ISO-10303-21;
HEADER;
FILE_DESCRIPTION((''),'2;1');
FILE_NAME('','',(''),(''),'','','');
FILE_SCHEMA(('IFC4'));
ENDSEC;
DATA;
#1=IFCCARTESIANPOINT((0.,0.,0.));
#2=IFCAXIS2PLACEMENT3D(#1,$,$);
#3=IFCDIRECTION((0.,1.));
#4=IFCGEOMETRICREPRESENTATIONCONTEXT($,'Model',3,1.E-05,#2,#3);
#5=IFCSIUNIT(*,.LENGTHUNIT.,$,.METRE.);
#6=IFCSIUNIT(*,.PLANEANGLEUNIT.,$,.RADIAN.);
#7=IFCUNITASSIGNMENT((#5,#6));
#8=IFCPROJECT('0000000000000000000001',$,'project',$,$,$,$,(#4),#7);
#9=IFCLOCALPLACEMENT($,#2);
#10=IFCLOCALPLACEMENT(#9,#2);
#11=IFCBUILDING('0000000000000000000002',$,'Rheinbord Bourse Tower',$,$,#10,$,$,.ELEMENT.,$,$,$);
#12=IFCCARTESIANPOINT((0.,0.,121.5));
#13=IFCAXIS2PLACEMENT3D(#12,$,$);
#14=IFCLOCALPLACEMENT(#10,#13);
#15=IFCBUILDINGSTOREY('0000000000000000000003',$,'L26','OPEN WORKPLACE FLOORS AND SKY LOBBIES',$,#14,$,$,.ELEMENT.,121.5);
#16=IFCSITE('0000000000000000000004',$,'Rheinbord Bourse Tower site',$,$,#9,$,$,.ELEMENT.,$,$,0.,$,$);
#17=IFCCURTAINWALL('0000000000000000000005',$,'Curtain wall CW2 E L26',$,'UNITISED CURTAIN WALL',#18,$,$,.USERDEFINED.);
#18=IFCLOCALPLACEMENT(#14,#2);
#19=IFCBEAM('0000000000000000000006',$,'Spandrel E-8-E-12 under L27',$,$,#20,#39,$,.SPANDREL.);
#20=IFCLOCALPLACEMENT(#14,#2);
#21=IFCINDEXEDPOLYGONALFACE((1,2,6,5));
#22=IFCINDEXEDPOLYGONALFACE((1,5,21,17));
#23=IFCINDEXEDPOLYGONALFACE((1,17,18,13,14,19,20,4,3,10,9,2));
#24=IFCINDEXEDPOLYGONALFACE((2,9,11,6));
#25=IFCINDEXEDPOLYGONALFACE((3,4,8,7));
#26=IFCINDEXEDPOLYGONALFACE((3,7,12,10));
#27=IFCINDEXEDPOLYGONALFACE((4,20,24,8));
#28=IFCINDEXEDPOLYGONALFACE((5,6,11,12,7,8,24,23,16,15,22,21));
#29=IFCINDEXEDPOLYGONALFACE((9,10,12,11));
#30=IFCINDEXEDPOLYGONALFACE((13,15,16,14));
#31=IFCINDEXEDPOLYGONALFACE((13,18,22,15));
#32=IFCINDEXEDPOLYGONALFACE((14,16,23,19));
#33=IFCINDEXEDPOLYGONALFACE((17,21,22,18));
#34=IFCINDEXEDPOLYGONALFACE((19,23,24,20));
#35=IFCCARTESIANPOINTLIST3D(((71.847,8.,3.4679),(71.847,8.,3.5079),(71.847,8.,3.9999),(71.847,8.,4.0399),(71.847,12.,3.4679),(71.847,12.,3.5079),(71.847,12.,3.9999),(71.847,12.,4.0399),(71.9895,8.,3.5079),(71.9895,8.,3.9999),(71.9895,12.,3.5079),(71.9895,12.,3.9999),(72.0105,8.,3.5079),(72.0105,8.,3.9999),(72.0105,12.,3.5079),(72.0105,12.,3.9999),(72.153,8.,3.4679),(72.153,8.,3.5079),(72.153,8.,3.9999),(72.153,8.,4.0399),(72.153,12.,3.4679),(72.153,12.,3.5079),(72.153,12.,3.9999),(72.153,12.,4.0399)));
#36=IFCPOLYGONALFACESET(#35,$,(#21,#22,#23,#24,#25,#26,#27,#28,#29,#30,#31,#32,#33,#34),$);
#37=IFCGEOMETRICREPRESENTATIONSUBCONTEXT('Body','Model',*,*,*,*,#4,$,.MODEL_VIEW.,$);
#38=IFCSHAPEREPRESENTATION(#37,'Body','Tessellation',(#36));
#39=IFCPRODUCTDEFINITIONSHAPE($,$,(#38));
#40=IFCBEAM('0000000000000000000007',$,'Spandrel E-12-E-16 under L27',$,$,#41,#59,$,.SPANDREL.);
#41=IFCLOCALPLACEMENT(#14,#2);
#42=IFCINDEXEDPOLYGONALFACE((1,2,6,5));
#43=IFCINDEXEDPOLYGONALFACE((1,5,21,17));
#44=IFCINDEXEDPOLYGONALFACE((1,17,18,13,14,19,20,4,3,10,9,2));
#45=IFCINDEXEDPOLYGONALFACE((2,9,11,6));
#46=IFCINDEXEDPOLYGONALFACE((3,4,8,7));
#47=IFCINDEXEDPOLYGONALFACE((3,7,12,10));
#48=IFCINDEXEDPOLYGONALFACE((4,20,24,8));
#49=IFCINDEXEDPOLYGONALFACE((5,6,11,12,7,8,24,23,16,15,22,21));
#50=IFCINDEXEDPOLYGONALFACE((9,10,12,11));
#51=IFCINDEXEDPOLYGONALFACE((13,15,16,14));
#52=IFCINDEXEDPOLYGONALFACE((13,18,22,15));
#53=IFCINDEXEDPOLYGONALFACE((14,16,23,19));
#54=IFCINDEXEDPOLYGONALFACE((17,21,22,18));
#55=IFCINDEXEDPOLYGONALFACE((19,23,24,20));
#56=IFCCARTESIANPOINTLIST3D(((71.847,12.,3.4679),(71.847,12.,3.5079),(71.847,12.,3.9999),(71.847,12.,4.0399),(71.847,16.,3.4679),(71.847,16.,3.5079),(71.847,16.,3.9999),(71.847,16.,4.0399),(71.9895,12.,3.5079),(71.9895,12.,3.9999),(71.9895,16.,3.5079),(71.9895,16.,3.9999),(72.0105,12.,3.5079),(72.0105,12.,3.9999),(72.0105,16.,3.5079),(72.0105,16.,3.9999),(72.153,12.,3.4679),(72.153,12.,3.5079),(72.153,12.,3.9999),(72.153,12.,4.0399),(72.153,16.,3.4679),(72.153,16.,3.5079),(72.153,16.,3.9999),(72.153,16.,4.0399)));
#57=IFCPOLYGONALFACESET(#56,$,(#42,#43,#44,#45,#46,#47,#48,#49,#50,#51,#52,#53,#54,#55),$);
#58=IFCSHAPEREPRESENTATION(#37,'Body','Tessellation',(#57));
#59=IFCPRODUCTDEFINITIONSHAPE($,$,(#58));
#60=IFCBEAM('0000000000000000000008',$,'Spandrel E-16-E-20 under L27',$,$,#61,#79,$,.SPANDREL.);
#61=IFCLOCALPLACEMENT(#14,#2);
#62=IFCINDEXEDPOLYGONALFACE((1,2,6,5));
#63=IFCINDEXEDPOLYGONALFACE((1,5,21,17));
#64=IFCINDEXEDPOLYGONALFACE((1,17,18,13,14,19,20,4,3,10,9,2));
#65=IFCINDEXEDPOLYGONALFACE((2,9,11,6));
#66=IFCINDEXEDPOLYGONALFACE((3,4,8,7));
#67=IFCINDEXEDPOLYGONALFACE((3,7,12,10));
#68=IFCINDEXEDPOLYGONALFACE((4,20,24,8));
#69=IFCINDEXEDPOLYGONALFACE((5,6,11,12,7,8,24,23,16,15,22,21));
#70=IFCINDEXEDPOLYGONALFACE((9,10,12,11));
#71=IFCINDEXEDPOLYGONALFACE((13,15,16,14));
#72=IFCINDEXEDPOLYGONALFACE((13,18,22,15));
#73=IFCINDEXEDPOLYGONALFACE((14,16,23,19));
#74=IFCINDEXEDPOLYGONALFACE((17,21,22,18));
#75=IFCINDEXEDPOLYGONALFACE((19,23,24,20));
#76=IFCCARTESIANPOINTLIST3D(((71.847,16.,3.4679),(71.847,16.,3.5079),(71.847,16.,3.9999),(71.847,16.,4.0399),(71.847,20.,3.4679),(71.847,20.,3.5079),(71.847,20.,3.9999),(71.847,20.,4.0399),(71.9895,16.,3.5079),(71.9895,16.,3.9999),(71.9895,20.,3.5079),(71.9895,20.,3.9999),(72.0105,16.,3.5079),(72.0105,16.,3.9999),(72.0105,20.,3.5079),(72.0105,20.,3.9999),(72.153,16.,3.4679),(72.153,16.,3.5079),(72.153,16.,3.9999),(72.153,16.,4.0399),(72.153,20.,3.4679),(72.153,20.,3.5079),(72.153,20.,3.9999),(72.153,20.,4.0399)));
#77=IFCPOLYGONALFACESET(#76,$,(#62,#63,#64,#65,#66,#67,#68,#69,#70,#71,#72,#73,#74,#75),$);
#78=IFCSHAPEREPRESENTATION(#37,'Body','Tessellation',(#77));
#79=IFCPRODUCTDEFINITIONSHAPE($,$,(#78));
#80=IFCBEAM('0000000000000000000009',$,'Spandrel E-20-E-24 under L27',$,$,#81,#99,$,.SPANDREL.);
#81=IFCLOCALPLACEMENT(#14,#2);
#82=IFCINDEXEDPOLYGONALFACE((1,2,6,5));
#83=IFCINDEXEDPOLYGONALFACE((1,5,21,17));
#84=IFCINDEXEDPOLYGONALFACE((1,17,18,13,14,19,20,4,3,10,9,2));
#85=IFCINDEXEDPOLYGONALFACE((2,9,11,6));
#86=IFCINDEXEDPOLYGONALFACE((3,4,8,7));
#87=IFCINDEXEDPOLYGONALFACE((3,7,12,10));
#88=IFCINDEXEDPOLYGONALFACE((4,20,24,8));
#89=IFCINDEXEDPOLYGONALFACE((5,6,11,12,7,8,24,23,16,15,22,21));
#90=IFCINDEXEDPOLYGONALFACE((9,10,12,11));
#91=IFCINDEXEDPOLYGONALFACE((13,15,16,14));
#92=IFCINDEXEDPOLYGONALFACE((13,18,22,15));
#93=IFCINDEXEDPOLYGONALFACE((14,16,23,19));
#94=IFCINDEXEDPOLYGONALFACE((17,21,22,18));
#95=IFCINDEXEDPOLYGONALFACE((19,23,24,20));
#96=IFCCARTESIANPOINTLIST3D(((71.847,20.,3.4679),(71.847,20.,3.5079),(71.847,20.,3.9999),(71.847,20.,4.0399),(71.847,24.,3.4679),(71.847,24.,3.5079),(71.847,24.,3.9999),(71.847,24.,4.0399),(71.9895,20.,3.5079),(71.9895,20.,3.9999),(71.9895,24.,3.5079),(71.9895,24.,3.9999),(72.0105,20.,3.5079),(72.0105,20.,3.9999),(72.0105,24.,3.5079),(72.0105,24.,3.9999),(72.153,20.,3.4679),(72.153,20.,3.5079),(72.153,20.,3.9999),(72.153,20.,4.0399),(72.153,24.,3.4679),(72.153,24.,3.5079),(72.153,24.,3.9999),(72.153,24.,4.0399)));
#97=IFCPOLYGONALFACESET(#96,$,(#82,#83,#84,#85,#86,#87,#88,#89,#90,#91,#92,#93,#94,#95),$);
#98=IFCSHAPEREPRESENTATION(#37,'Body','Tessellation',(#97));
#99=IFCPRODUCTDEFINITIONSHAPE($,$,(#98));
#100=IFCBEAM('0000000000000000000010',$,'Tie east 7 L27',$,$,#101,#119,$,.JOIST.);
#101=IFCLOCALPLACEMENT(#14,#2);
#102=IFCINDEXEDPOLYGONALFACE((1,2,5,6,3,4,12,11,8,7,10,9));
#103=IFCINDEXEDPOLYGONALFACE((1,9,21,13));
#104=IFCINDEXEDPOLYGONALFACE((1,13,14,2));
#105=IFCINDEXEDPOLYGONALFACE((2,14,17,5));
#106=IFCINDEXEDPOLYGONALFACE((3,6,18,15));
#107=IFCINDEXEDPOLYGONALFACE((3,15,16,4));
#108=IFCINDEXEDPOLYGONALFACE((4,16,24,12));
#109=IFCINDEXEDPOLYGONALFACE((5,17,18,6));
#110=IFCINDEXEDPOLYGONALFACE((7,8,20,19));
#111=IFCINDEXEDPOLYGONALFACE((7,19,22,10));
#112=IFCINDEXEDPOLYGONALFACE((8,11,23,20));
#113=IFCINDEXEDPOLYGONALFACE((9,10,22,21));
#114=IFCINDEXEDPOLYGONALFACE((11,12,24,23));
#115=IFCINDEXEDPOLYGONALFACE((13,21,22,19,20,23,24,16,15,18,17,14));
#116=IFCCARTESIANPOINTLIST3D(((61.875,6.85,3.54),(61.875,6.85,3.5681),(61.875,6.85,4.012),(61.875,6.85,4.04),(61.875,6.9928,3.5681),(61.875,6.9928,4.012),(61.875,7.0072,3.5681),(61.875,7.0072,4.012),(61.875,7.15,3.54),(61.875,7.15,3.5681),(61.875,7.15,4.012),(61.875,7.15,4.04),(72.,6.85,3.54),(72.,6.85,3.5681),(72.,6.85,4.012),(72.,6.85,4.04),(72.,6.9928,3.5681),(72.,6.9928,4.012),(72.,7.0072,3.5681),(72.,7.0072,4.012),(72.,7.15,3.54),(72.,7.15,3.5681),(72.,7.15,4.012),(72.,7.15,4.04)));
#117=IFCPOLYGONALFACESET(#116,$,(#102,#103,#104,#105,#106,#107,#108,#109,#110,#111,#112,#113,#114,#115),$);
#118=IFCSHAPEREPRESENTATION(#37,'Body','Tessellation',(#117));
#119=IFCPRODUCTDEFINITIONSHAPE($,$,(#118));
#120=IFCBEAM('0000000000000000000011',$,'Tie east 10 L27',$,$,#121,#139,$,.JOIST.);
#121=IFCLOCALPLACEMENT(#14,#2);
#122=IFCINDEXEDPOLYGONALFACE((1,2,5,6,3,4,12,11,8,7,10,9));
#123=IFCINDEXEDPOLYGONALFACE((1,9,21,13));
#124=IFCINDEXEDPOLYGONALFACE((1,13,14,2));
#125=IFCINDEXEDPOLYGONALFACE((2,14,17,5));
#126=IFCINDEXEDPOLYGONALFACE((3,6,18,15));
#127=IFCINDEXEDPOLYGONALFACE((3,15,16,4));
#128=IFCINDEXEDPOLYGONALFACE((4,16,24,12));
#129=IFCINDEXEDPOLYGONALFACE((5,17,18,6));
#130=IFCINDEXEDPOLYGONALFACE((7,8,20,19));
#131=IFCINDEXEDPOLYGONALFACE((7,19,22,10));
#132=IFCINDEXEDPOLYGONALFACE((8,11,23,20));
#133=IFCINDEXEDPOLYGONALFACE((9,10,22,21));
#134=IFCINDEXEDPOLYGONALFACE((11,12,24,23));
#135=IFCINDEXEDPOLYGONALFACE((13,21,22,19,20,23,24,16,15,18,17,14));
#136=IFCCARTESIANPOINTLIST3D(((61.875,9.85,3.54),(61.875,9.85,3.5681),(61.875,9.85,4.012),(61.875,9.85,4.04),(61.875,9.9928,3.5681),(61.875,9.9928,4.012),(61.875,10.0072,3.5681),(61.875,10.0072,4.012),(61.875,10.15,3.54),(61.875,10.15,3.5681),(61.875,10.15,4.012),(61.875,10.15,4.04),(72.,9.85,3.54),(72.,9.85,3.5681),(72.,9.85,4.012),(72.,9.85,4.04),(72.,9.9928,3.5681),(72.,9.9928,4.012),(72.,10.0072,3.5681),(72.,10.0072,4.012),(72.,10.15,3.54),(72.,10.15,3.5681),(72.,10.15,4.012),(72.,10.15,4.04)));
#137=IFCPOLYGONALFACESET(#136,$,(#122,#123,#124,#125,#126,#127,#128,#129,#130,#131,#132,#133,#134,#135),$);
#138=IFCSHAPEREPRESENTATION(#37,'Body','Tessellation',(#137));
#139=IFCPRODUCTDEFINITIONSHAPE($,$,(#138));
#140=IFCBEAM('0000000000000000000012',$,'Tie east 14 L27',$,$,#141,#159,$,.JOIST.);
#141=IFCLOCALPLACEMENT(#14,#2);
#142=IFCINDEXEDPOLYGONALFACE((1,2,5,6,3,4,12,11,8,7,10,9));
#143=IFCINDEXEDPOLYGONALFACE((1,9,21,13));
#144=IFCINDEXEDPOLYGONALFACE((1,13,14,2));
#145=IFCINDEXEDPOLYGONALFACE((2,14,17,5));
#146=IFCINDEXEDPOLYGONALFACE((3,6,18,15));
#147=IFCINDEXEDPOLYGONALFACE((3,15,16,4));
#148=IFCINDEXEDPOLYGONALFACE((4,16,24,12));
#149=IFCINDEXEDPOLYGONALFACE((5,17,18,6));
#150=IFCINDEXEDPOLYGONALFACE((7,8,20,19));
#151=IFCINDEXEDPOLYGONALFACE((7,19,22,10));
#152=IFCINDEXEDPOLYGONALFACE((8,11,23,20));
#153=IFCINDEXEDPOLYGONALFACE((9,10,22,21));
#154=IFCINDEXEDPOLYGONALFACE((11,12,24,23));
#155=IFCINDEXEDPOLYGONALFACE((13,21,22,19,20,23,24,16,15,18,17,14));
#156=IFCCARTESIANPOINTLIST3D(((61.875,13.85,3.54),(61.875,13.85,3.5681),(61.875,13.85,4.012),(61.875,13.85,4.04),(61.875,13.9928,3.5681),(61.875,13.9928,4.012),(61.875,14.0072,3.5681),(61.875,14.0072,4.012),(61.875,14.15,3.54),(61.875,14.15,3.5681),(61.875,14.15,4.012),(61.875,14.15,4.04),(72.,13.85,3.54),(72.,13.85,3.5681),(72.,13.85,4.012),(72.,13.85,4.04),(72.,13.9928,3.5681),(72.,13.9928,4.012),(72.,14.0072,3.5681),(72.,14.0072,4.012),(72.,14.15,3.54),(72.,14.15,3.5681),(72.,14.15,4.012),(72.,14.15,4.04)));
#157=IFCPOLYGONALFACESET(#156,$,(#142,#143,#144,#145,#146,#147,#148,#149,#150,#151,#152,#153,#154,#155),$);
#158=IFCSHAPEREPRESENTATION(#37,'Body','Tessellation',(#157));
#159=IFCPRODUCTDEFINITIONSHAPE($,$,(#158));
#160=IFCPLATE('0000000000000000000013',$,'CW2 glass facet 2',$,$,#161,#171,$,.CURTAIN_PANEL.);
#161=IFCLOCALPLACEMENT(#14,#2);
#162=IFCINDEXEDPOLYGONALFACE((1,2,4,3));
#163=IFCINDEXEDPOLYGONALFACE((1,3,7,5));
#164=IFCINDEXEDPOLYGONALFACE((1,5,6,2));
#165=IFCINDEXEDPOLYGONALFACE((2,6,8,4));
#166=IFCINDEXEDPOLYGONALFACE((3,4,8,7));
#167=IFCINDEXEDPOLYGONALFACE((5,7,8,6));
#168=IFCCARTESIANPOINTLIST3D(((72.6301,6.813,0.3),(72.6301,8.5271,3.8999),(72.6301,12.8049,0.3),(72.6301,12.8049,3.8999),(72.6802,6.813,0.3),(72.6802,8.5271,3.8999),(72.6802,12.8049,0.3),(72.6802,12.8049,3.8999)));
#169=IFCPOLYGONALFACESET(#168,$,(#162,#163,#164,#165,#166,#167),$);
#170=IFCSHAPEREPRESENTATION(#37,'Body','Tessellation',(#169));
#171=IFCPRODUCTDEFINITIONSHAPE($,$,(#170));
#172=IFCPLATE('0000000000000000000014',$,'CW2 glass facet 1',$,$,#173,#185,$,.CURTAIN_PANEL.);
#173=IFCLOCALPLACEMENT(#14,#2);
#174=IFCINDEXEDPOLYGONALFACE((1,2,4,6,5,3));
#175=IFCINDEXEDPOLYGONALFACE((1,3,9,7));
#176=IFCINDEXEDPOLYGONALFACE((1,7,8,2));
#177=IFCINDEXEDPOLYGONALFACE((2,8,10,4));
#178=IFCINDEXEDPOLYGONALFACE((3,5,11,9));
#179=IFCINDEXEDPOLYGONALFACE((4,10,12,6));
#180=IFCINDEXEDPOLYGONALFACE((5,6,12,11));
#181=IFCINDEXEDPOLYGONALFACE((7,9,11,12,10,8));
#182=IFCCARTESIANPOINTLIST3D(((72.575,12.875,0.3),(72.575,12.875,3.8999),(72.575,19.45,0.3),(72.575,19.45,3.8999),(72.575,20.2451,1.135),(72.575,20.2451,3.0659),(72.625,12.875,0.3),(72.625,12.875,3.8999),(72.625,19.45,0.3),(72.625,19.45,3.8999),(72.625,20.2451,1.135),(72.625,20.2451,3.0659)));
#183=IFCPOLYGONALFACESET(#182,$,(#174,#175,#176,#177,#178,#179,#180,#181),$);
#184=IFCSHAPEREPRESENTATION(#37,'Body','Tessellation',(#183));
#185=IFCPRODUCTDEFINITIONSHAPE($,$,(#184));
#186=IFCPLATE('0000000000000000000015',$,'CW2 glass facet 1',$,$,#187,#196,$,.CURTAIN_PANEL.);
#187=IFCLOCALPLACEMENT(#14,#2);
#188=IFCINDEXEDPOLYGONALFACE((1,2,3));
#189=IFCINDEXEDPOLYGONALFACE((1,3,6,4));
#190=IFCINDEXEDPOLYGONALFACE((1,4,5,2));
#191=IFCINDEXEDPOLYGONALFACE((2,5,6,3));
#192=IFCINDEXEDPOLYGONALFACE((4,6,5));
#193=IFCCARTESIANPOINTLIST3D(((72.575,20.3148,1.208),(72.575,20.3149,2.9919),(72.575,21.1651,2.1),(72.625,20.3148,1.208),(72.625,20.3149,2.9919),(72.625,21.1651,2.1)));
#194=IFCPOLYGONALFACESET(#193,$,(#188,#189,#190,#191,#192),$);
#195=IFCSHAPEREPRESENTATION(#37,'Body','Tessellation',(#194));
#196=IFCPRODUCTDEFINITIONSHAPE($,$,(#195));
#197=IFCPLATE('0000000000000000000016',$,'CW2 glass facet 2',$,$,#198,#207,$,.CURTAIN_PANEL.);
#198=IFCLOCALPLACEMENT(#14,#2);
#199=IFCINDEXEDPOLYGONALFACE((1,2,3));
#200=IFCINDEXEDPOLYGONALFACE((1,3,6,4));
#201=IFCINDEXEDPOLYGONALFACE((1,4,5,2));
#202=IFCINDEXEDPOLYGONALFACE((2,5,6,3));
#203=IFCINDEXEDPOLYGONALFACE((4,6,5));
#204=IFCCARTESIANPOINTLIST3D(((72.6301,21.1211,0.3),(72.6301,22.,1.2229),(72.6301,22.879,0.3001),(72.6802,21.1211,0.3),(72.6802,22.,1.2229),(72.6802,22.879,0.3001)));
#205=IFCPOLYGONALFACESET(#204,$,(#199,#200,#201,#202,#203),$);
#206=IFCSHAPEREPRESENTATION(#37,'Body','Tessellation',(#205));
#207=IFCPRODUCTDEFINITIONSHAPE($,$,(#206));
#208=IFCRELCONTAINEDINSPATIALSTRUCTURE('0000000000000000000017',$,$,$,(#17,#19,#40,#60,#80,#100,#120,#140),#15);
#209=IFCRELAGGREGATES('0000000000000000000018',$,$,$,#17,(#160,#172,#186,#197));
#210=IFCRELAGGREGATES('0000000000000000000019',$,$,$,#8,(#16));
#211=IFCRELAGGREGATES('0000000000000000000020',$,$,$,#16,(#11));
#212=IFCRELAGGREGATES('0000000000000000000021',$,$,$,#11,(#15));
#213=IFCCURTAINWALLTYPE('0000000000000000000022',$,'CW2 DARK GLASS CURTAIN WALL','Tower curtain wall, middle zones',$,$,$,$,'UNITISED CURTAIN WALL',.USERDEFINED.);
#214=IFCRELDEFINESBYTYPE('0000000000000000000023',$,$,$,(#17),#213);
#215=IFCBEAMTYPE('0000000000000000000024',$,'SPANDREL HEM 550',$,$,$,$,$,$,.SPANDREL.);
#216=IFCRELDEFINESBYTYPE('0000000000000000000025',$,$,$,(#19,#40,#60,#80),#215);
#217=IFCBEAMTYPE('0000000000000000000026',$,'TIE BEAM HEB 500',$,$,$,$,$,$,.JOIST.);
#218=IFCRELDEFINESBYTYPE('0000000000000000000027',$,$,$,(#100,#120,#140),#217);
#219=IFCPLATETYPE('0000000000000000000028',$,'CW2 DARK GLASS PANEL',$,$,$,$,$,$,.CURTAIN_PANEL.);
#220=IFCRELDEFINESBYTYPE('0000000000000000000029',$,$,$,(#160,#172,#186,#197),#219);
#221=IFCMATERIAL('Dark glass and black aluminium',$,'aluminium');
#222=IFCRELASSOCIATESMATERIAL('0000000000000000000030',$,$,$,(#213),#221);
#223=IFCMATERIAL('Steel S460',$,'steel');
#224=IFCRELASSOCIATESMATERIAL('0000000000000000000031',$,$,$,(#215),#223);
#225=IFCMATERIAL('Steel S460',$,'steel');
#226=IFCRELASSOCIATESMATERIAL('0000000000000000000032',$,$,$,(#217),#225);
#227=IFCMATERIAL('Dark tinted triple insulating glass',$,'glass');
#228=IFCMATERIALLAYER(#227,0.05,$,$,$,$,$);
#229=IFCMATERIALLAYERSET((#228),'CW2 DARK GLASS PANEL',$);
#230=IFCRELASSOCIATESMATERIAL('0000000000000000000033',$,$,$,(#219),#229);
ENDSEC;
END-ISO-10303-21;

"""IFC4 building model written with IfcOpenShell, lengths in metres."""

from ifc_helpers import new_model, si_unit, direction, frame, origin, origin_2d, place, context, subcontext, project, spatial, polyline, i_section, outline, extrude, material, layer, layer_set, material_profile, profile_set, type_object, element, aggregate, save


model = new_model("IFC4")

# Units and contexts
model_context = context("Model", 3, precision=1e-05, world=origin(), true_north=direction((0.0, 1.0)))
body_context = subcontext(model_context, "Body", "Model", "MODEL_VIEW")
ifc_project = project(units=[si_unit("LENGTHUNIT", "METRE"), si_unit("PLANEANGLEUNIT", "RADIAN")], contexts=[model_context])

# Site, building, storey
site_placement = place(None, origin())
site = spatial("IfcSite", under=ifc_project, at=site_placement, Name="Rheinbord Bourse Tower site", CompositionType="ELEMENT", RefElevation=0.0)
building_placement = place(site_placement, origin())
building = spatial("IfcBuilding", under=site, at=building_placement, Name="Rheinbord Bourse Tower", CompositionType="ELEMENT")
storey_placement = place(building_placement, frame((0.0, 0.0, 121.5)))
storey = spatial("IfcBuildingStorey", under=building, at=storey_placement, Name="L26", Description="OPEN WORKPLACE FLOORS AND SKY LOBBIES", CompositionType="ELEMENT", Elevation=121.5)

# Curtain wall
ifc_material_1 = material(Name="Dark glass and black aluminium", Category="aluminium")
curtain_wall_type = type_object("IfcCurtainWallType", Name="CW2 DARK GLASS CURTAIN WALL", Description="Tower curtain wall, middle zones", ElementType="UNITISED CURTAIN WALL", PredefinedType="USERDEFINED", material=ifc_material_1)
curtain_wall_placement = place(storey_placement, origin())
curtain_wall = element("IfcCurtainWall", 1, at=curtain_wall_placement, inside=storey, type_object=curtain_wall_type, Name="Curtain wall CW2 E L26", ObjectType="UNITISED CURTAIN WALL", PredefinedType="USERDEFINED")

# Beams
ifc_material_2 = material(Name="Steel S460", Category="steel")
ifc_material_profile_1 = material_profile(ifc_material_2, i_section(OverallWidth=0.3059, OverallDepth=0.572, WebThickness=0.021, FlangeThickness=0.04, at=origin_2d()), Name="HEM 550")
ifc_profile_set_1 = profile_set([ifc_material_profile_1], Name="Steel S460")
beam_type_1 = type_object("IfcBeamType", Name="SPANDREL HEM 550", PredefinedType="SPANDREL", material=ifc_profile_set_1)
for number, where, z_axis, x_axis, name in (
    (2, (72.0, 8.0, 3.7539), (0.0, 1.0, 0.0), (-1.0, 0.0, 0.0), "Spandrel E-8-E-12 under L27"),
    (3, (72.0, 12.0, 3.7539), (0.0, 1.0, 0.0), (-1.0, 0.0, 0.0), "Spandrel E-12-E-16 under L27"),
    (4, (72.0, 16.0, 3.7539), (0.0, 1.0, 0.0), (-1.0, 0.0, 0.0), "Spandrel E-16-E-20 under L27"),
    (5, (72.0, 20.0, 3.7539), (0.0, 1.0, 0.0), (-1.0, 0.0, 0.0), "Spandrel E-20-E-24 under L27"),
):
    element("IfcBeam", number, at=place(storey_placement, frame(where, z_axis=z_axis, x_axis=x_axis)), inside=storey, type_object=beam_type_1, Name=name, PredefinedType="SPANDREL", context=body_context, shape_type="SweptSolid", body=[
        extrude(i_section(OverallWidth=0.3059, OverallDepth=0.572, WebThickness=0.021, FlangeThickness=0.04, at=origin_2d()), origin(), (0.0, 0.0, 1.0), 4.0),
    ])
ifc_material_3 = material(Name="Steel S460", Category="steel")
ifc_material_profile_2 = material_profile(ifc_material_3, i_section(OverallWidth=0.3, OverallDepth=0.5, WebThickness=0.0144, FlangeThickness=0.0281, at=origin_2d()), Name="HEB 500")
ifc_profile_set_2 = profile_set([ifc_material_profile_2], Name="Steel S460")
beam_type_2 = type_object("IfcBeamType", Name="TIE BEAM HEB 500", PredefinedType="JOIST", material=ifc_profile_set_2)
for number, where, z_axis, x_axis, name in (
    (6, (61.875, 7.0, 3.79), (1.0, 0.0, 0.0), (0.0, 1.0, 0.0), "Tie east 7 L27"),
    (7, (61.875, 10.0, 3.79), (1.0, 0.0, 0.0), (0.0, 1.0, 0.0), "Tie east 10 L27"),
    (8, (61.875, 14.0, 3.79), (1.0, 0.0, 0.0), (0.0, 1.0, 0.0), "Tie east 14 L27"),
):
    element("IfcBeam", number, at=place(storey_placement, frame(where, z_axis=z_axis, x_axis=x_axis)), inside=storey, type_object=beam_type_2, Name=name, PredefinedType="JOIST", context=body_context, shape_type="SweptSolid", body=[
        extrude(i_section(OverallWidth=0.3, OverallDepth=0.5, WebThickness=0.0144, FlangeThickness=0.0281, at=origin_2d()), origin(), (0.0, 0.0, 1.0), 10.125),
    ])

# Plates
ifc_material_4 = material(Name="Dark tinted triple insulating glass", Category="glass")
ifc_layer_1 = layer(ifc_material_4, 0.05)
ifc_layer_set_1 = layer_set([ifc_layer_1], Name="CW2 DARK GLASS PANEL")
plate_type = type_object("IfcPlateType", Name="CW2 DARK GLASS PANEL", PredefinedType="CURTAIN_PANEL", material=ifc_layer_set_1)
plate_1_placement = place(storey_placement, frame((72.6802, 12.8049, 3.8999), z_axis=(-1.0, 0.0, 0.0), x_axis=(0.0, 0.0, -1.0)))
plate_1 = element("IfcPlate", 9, at=plate_1_placement, type_object=plate_type, Name="CW2 glass facet 2", PredefinedType="CURTAIN_PANEL", context=body_context, shape_type="SweptSolid", body=[
    extrude(outline(polyline([(0.0, 0.0), (3.5999, 0.0), (3.5999, 5.9919), (0.0, 4.2778), (0.0, 0.0)])), origin(), (0.0, 0.0, 1.0), 0.05),
])
plate_2_placement = place(storey_placement, frame((72.625, 12.875, 0.3), z_axis=(-1.0, 0.0, 0.0), x_axis=(0.0, 0.0, 1.0)))
plate_2 = element("IfcPlate", 10, at=plate_2_placement, type_object=plate_type, Name="CW2 glass facet 1", PredefinedType="CURTAIN_PANEL", context=body_context, shape_type="SweptSolid", body=[
    extrude(outline(polyline([(0.0, 0.0), (3.5999, 0.0), (3.5999, 6.575), (2.7659, 7.3701), (0.835, 7.3701), (0.0, 6.575), (0.0, 0.0)])), origin(), (0.0, 0.0, 1.0), 0.05),
])
plate_3_placement = place(storey_placement, frame((72.625, 20.3149, 2.9919), z_axis=(-1.0, 0.0, 0.0), x_axis=(0.0, 0.689962, -0.723846)))
plate_3 = element("IfcPlate", 11, at=plate_3_placement, type_object=plate_type, Name="CW2 glass facet 1", PredefinedType="CURTAIN_PANEL", context=body_context, shape_type="SweptSolid", body=[
    extrude(outline(polyline([(0.0, 0.0), (1.2322, 0.0), (1.2913, 1.231), (0.0, 0.0)])), origin(), (0.0, 0.0, 1.0), 0.05),
])
plate_4_placement = place(storey_placement, frame((72.6802, 21.1211, 0.3), z_axis=(-1.0, 0.0, 0.0), x_axis=(0.0, 0.689655, 0.724138)))
plate_4 = element("IfcPlate", 12, at=plate_4_placement, type_object=plate_type, Name="CW2 glass facet 2", PredefinedType="CURTAIN_PANEL", context=body_context, shape_type="SweptSolid", body=[
    extrude(outline(polyline([(0.0, 0.0), (1.2744, 0.0), (1.2124, 1.2729), (0.0, 0.0)])), origin(), (0.0, 0.0, 1.0), 0.05),
])
aggregate(curtain_wall, [plate_1, plate_2, plate_3, plate_4])

save(model, "model.ifc")
